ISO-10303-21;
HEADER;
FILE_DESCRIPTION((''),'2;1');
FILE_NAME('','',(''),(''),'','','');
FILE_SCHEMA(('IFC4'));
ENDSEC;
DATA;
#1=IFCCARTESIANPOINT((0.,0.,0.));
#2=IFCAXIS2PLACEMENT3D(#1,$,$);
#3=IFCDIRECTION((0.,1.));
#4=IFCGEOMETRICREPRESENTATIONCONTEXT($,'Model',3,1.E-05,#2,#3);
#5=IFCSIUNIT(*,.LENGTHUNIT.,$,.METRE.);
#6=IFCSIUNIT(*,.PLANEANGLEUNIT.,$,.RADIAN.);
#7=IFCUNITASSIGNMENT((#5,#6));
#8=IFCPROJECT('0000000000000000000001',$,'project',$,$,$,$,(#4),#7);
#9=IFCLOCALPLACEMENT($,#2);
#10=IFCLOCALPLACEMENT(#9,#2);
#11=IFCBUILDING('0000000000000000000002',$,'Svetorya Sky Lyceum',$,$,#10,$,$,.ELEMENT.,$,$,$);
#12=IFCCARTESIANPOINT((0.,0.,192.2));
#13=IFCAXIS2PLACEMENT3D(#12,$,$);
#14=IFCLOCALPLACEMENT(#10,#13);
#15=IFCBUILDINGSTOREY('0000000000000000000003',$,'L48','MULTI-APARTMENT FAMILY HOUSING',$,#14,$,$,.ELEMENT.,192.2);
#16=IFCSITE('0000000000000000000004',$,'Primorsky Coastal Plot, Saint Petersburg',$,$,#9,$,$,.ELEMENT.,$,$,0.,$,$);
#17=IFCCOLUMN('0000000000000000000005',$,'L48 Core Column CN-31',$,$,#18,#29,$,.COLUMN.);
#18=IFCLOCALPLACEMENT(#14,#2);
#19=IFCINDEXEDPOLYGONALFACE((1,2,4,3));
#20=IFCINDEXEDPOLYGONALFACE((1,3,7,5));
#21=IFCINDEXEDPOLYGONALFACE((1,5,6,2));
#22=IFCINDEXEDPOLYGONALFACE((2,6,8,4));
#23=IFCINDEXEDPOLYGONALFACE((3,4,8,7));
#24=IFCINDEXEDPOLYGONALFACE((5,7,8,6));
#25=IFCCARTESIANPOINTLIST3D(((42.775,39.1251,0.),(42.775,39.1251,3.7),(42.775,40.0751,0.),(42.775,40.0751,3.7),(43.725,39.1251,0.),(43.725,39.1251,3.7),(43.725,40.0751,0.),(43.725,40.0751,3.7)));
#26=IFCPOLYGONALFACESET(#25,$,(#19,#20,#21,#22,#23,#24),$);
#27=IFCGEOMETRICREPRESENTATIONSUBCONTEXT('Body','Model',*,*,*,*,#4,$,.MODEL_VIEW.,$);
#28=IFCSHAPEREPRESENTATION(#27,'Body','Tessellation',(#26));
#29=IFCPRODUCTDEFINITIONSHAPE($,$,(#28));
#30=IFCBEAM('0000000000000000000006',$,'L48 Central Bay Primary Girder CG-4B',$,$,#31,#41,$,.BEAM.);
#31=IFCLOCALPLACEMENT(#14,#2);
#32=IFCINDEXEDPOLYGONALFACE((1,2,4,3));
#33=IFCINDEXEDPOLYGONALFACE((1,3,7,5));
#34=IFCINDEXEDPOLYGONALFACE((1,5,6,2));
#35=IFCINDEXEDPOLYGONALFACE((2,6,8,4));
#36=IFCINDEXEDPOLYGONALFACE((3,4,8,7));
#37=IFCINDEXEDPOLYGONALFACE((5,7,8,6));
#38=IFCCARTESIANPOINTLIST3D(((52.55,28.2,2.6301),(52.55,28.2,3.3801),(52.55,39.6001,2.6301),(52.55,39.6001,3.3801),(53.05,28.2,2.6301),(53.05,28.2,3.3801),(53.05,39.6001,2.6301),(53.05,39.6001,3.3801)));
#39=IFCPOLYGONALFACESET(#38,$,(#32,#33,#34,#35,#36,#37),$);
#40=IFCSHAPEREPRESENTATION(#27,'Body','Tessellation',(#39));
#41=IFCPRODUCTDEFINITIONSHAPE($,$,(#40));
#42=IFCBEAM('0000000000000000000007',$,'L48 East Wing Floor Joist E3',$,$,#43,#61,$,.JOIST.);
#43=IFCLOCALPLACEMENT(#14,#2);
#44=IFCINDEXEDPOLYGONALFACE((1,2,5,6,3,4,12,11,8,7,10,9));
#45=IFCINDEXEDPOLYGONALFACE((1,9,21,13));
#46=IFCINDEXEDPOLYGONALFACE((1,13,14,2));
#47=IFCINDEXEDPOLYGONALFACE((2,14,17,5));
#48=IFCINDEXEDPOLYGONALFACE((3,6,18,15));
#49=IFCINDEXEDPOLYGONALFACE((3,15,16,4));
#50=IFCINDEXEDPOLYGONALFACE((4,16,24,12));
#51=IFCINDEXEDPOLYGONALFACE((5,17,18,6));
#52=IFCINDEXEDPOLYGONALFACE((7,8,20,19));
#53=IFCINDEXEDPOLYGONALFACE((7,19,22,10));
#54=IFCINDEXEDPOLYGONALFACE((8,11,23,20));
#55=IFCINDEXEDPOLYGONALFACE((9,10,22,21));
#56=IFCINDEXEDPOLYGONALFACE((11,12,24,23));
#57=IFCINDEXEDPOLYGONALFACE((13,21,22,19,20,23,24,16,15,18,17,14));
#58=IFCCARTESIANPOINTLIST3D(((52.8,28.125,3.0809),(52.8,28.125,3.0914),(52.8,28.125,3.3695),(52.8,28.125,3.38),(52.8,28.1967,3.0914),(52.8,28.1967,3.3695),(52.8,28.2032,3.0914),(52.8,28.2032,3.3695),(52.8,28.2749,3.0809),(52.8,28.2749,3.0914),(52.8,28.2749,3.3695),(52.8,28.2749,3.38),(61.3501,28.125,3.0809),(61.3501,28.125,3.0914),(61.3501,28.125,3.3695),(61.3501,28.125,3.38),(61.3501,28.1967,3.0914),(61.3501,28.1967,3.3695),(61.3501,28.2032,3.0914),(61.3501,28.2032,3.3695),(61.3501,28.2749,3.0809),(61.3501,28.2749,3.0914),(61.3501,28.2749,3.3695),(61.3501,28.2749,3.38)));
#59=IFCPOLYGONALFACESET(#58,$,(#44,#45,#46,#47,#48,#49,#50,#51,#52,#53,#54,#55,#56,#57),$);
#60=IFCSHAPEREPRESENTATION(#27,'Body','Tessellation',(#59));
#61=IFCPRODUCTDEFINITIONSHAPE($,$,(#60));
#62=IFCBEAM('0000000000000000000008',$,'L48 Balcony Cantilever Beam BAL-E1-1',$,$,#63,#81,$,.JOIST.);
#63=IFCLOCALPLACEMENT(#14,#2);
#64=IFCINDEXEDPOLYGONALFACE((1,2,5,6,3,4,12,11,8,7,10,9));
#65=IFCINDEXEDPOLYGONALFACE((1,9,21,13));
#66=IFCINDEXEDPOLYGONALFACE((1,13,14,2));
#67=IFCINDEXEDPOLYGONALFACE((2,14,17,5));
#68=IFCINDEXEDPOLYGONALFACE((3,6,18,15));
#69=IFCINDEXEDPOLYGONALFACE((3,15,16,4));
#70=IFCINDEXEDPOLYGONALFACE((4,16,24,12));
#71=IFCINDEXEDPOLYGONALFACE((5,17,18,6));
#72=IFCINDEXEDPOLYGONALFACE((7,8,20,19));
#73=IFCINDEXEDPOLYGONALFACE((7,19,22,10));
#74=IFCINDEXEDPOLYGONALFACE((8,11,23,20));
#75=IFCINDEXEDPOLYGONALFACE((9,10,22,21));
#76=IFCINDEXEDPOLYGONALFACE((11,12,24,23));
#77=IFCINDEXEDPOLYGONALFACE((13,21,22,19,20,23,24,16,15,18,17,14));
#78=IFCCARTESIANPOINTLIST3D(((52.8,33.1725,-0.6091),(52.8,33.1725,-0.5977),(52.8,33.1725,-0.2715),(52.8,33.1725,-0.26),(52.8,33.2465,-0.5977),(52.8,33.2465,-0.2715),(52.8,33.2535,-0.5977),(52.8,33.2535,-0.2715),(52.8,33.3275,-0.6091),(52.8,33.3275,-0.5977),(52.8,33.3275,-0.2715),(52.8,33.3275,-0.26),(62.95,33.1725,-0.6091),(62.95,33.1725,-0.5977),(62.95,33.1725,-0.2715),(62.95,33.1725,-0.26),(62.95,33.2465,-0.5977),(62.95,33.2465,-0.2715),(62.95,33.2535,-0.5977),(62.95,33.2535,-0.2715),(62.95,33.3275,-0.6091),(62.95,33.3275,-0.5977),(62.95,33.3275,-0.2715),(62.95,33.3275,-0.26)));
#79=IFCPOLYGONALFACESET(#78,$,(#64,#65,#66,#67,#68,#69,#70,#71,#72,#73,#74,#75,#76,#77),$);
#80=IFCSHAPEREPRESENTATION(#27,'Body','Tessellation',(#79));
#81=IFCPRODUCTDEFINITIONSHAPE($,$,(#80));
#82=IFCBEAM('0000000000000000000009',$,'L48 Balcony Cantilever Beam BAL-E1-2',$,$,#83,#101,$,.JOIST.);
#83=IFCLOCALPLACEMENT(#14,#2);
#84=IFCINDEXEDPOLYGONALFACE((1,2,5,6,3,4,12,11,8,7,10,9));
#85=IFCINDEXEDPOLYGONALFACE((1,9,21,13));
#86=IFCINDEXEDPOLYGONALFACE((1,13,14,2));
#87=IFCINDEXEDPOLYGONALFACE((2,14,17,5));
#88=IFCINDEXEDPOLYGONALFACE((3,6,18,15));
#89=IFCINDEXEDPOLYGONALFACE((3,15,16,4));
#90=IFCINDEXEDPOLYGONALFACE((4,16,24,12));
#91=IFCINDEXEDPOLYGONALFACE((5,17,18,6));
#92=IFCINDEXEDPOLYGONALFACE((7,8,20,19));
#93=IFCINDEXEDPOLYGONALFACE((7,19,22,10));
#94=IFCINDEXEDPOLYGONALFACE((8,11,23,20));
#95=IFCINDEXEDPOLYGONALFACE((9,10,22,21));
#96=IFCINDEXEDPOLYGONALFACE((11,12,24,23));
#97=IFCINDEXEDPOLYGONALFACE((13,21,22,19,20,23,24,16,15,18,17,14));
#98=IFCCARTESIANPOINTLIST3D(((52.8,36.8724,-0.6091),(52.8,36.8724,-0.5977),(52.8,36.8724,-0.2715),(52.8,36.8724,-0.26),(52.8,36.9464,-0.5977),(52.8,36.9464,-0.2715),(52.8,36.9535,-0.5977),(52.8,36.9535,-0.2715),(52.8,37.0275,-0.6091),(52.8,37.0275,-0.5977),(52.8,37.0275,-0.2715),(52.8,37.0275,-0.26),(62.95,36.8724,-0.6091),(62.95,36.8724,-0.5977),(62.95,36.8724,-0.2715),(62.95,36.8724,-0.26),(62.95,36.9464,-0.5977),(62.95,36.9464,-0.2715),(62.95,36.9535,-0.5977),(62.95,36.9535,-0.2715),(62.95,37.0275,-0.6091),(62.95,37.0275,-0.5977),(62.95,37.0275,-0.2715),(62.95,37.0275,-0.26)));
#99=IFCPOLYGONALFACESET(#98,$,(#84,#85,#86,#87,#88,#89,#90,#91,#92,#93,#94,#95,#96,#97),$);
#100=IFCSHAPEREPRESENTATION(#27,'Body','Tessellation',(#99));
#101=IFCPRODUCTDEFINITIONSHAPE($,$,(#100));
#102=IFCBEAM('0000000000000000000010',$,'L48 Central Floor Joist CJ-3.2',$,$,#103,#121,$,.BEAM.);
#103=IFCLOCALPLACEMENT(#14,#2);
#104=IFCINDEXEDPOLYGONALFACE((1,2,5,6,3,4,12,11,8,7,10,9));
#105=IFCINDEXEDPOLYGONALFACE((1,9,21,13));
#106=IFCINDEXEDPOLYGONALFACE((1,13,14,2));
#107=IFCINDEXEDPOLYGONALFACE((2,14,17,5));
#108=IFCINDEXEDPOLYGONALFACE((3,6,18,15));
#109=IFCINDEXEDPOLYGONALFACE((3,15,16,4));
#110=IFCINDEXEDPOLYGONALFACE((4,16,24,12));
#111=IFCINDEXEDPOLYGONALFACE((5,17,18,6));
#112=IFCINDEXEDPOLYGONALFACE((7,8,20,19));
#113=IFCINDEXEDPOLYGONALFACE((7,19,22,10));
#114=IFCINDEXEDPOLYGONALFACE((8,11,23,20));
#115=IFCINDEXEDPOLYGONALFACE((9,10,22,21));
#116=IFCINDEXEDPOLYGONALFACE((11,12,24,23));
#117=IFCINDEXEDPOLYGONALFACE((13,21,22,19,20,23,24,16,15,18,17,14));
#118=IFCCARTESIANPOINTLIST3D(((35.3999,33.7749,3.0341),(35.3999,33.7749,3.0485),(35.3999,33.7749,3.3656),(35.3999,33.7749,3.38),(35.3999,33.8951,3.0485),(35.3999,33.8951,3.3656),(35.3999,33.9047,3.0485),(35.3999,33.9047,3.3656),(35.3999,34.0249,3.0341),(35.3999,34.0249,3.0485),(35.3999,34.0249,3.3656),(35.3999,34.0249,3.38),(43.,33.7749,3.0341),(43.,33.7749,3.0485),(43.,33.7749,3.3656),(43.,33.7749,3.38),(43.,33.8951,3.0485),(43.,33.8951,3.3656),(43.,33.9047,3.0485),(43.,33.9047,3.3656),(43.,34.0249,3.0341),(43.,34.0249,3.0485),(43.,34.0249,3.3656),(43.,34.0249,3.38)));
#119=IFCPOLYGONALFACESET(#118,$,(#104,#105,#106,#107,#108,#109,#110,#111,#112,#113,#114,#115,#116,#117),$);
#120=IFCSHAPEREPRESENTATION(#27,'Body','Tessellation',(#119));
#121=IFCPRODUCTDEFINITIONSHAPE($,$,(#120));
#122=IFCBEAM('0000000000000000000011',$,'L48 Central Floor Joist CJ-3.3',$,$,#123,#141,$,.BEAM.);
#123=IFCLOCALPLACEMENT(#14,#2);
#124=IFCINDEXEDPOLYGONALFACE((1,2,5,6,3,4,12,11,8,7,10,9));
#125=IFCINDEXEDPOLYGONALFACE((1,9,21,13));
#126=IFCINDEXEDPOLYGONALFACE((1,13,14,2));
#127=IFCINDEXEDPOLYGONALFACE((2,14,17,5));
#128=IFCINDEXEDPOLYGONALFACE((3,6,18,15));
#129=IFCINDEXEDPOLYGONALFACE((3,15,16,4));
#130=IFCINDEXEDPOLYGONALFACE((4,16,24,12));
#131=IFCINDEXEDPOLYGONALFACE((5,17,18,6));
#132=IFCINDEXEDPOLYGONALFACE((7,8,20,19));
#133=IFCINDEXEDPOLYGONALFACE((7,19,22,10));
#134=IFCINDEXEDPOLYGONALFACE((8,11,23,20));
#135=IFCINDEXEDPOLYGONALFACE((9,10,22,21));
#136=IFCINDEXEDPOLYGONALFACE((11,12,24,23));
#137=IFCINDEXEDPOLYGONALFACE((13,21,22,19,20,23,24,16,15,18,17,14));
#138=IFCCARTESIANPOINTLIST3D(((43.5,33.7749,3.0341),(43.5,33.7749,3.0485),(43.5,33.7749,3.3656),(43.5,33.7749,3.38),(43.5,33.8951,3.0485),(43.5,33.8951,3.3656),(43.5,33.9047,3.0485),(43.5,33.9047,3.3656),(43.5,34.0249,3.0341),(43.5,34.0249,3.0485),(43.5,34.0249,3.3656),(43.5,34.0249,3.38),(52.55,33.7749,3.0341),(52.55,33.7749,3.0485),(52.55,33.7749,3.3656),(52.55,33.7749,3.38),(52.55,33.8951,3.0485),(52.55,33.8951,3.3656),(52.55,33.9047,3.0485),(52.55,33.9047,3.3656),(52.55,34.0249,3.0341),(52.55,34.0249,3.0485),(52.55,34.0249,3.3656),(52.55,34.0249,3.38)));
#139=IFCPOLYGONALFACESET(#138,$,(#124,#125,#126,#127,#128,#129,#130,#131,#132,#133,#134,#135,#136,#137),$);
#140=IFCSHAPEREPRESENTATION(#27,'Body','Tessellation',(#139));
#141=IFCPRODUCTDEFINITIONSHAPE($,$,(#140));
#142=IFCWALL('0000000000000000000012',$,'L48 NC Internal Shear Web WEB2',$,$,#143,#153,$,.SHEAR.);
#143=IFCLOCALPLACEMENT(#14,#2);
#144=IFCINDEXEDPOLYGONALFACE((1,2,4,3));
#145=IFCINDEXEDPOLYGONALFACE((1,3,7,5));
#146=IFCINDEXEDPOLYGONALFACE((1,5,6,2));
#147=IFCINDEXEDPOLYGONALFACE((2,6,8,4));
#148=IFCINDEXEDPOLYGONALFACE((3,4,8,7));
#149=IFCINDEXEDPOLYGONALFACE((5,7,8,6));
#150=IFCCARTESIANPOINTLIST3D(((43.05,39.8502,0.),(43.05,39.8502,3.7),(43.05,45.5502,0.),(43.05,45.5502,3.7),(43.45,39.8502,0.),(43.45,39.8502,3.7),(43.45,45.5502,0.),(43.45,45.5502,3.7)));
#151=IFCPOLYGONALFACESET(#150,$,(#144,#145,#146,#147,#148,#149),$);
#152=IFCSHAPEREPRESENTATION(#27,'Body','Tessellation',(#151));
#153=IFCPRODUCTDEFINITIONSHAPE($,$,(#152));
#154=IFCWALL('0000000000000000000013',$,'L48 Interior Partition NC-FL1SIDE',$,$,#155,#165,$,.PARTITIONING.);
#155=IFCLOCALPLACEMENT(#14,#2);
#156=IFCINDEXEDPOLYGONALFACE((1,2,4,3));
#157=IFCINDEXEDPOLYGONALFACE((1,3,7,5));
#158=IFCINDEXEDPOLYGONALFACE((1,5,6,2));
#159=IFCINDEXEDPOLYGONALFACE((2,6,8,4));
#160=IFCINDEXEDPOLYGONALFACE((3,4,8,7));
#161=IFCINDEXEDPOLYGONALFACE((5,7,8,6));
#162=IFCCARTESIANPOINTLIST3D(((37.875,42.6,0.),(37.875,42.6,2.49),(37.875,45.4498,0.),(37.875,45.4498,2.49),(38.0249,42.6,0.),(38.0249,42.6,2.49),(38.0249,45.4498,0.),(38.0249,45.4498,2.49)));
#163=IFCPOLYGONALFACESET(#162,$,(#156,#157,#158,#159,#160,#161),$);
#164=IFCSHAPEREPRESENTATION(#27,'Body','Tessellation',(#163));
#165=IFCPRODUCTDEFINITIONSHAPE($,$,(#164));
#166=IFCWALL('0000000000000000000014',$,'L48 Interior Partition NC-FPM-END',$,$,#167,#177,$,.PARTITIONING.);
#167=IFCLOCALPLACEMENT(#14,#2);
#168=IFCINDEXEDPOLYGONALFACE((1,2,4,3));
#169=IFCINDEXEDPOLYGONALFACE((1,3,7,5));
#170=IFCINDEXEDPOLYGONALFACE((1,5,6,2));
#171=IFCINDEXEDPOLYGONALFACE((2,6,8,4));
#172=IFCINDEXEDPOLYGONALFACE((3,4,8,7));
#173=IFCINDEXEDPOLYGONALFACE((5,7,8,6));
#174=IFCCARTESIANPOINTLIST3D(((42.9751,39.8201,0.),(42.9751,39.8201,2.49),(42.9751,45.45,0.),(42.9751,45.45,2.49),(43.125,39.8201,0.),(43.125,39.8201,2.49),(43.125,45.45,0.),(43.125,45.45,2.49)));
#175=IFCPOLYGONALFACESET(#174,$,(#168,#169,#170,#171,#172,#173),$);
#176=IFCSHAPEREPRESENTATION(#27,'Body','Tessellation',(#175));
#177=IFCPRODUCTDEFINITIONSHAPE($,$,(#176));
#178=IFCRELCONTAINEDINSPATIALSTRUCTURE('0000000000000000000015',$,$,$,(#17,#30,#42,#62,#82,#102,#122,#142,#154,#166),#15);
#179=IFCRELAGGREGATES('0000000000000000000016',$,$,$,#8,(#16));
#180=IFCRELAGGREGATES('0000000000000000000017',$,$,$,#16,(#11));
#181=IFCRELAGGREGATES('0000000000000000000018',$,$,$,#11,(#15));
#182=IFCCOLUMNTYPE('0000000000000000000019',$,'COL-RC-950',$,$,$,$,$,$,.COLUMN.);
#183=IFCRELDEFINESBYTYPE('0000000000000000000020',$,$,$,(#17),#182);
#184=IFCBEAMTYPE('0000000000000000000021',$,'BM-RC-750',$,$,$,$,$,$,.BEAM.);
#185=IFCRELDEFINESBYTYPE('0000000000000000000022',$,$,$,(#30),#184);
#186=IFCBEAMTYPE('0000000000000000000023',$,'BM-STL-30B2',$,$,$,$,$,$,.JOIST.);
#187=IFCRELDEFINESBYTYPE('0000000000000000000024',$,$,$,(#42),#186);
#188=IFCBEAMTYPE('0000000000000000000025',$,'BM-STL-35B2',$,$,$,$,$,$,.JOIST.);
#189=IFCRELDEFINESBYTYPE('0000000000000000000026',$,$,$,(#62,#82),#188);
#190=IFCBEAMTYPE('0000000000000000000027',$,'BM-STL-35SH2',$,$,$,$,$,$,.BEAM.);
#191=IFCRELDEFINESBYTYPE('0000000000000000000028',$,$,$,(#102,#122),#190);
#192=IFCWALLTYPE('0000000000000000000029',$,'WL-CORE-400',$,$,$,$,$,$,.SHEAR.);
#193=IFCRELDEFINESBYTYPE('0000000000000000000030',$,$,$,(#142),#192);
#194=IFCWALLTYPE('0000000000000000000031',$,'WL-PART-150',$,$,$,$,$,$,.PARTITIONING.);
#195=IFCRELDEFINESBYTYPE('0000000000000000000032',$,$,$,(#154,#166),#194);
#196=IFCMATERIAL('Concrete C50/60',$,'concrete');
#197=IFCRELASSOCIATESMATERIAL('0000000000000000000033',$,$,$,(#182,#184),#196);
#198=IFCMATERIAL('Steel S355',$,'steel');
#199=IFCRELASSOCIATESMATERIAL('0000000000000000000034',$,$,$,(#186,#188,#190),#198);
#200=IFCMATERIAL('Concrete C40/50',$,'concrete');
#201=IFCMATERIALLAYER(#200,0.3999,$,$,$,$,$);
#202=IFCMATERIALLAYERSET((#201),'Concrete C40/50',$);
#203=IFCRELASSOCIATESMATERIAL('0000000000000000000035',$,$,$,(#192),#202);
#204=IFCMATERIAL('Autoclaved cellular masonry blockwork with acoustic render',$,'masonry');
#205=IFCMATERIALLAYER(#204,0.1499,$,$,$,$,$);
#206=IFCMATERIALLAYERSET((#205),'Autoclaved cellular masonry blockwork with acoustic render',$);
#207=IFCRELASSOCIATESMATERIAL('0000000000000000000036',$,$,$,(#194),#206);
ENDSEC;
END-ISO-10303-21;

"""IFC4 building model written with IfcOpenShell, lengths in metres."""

from ifc_helpers import new_model, si_unit, direction, frame, frame_2d, origin, origin_2d, place, context, subcontext, project, spatial, rectangle, i_section, extrude, material, layer, layer_set, material_profile, profile_set, type_object, element, save


model = new_model("IFC4")

# Units and contexts
model_context = context("Model", 3, precision=1e-05, world=origin(), true_north=direction((0.0, 1.0)))
body_context = subcontext(model_context, "Body", "Model", "MODEL_VIEW")
ifc_project = project(units=[si_unit("LENGTHUNIT", "METRE"), si_unit("PLANEANGLEUNIT", "RADIAN")], contexts=[model_context])

# Site, building, storey
site_placement = place(None, origin())
site = spatial("IfcSite", under=ifc_project, at=site_placement, Name="Primorsky Coastal Plot, Saint Petersburg", CompositionType="ELEMENT", RefElevation=0.0)
building_placement = place(site_placement, origin())
building = spatial("IfcBuilding", under=site, at=building_placement, Name="Svetorya Sky Lyceum", CompositionType="ELEMENT")
storey_placement = place(building_placement, frame((0.0, 0.0, 192.2)))
storey = spatial("IfcBuildingStorey", under=building, at=storey_placement, Name="L48", Description="MULTI-APARTMENT FAMILY HOUSING", CompositionType="ELEMENT", Elevation=192.2)

# Column
ifc_material_1 = material(Name="Concrete C50/60", Category="concrete")
ifc_material_profile_1 = material_profile(ifc_material_1, rectangle(XDim=0.95, YDim=0.95, at=origin_2d()), Name="RC COL 950x950")
ifc_profile_set_1 = profile_set([ifc_material_profile_1], Name="Concrete C50/60")
column_type = type_object("IfcColumnType", Name="COL-RC-950", PredefinedType="COLUMN", material=ifc_profile_set_1)
column_placement = place(storey_placement, frame((43.25, 39.6001, 0.0), z_axis=(0.0, 0.0, 1.0), x_axis=(1.0, 0.0, 0.0)))
element("IfcColumn", 1, at=column_placement, inside=storey, type_object=column_type, Name="L48 Core Column CN-31", PredefinedType="COLUMN", context=body_context, shape_type="SweptSolid", body=[
    extrude(rectangle(XDim=0.95, YDim=0.95, at=origin_2d()), origin(), (0.0, 0.0, 1.0), 3.7),
])

# Beams
ifc_material_profile_2 = material_profile(ifc_material_1, rectangle(XDim=0.5, YDim=0.75, at=origin_2d()), Name="RC BEAM 500x750")
ifc_profile_set_2 = profile_set([ifc_material_profile_2], Name="Concrete C50/60")
beam_type_1 = type_object("IfcBeamType", Name="BM-RC-750", PredefinedType="BEAM", material=ifc_profile_set_2)
beam_1_placement = place(storey_placement, frame((52.8, 28.2, 3.0051), z_axis=(0.0, 1.0, 0.0), x_axis=(-1.0, 0.0, 0.0)))
element("IfcBeam", 2, at=beam_1_placement, inside=storey, type_object=beam_type_1, Name="L48 Central Bay Primary Girder CG-4B", PredefinedType="BEAM", context=body_context, shape_type="SweptSolid", body=[
    extrude(rectangle(XDim=0.5, YDim=0.75, at=origin_2d()), origin(), (0.0, 0.0, 1.0), 11.4001),
])
ifc_material_2 = material(Name="Steel S355", Category="steel")
ifc_material_profile_3 = material_profile(ifc_material_2, i_section(OverallWidth=0.1499, OverallDepth=0.2991, WebThickness=0.0066, FlangeThickness=0.0105, at=origin_2d()), Name="GOST 30B2")
ifc_profile_set_3 = profile_set([ifc_material_profile_3], Name="Steel S355")
beam_type_2 = type_object("IfcBeamType", Name="BM-STL-30B2", PredefinedType="JOIST", material=ifc_profile_set_3)
beam_2_placement = place(storey_placement, frame((52.8, 28.2, 3.2305), z_axis=(1.0, 0.0, 0.0), x_axis=(0.0, 1.0, 0.0)))
element("IfcBeam", 3, at=beam_2_placement, inside=storey, type_object=beam_type_2, Name="L48 East Wing Floor Joist E3", PredefinedType="JOIST", context=body_context, shape_type="SweptSolid", body=[
    extrude(i_section(OverallWidth=0.1499, OverallDepth=0.2991, WebThickness=0.0066, FlangeThickness=0.0105, at=origin_2d()), origin(), (0.0, 0.0, 1.0), 8.55),
])
ifc_material_profile_4 = material_profile(ifc_material_2, i_section(OverallWidth=0.155, OverallDepth=0.3491, WebThickness=0.0071, FlangeThickness=0.0115, at=origin_2d()), Name="GOST 35B2")
ifc_profile_set_4 = profile_set([ifc_material_profile_4], Name="Steel S355")
beam_type_3 = type_object("IfcBeamType", Name="BM-STL-35B2", PredefinedType="JOIST", material=ifc_profile_set_4)
for number, where, z_axis, x_axis, name in (
    (4, (52.8, 33.25, -0.4346), (1.0, 0.0, 0.0), (0.0, 1.0, 0.0), "L48 Balcony Cantilever Beam BAL-E1-1"),
    (5, (52.8, 36.95, -0.4346), (1.0, 0.0, 0.0), (0.0, 1.0, 0.0), "L48 Balcony Cantilever Beam BAL-E1-2"),
):
    element("IfcBeam", number, at=place(storey_placement, frame(where, z_axis=z_axis, x_axis=x_axis)), inside=storey, type_object=beam_type_3, Name=name, PredefinedType="JOIST", context=body_context, shape_type="SweptSolid", body=[
        extrude(i_section(OverallWidth=0.155, OverallDepth=0.3491, WebThickness=0.0071, FlangeThickness=0.0115, at=origin_2d()), origin(), (0.0, 0.0, 1.0), 10.1499),
    ])
ifc_material_profile_5 = material_profile(ifc_material_2, i_section(OverallWidth=0.25, OverallDepth=0.3459, WebThickness=0.0095, FlangeThickness=0.0144, at=origin_2d()), Name="GOST 35Sh2")
ifc_profile_set_5 = profile_set([ifc_material_profile_5], Name="Steel S355")
beam_type_4 = type_object("IfcBeamType", Name="BM-STL-35SH2", PredefinedType="BEAM", material=ifc_profile_set_5)
beam_3_placement = place(storey_placement, frame((35.3999, 33.8999, 3.207), z_axis=(1.0, 0.0, 0.0), x_axis=(0.0, 1.0, 0.0)))
element("IfcBeam", 6, at=beam_3_placement, inside=storey, type_object=beam_type_4, Name="L48 Central Floor Joist CJ-3.2", PredefinedType="BEAM", context=body_context, shape_type="SweptSolid", body=[
    extrude(i_section(OverallWidth=0.25, OverallDepth=0.3459, WebThickness=0.0095, FlangeThickness=0.0144, at=origin_2d()), origin(), (0.0, 0.0, 1.0), 7.6001),
])
beam_4_placement = place(storey_placement, frame((43.5, 33.8999, 3.207), z_axis=(1.0, 0.0, 0.0), x_axis=(0.0, 1.0, 0.0)))
element("IfcBeam", 7, at=beam_4_placement, inside=storey, type_object=beam_type_4, Name="L48 Central Floor Joist CJ-3.3", PredefinedType="BEAM", context=body_context, shape_type="SweptSolid", body=[
    extrude(i_section(OverallWidth=0.25, OverallDepth=0.3459, WebThickness=0.0095, FlangeThickness=0.0144, at=origin_2d()), origin(), (0.0, 0.0, 1.0), 9.05),
])

# Walls
ifc_material_3 = material(Name="Concrete C40/50", Category="concrete")
ifc_layer_1 = layer(ifc_material_3, 0.3999)
ifc_layer_set_1 = layer_set([ifc_layer_1], Name="Concrete C40/50")
wall_type_1 = type_object("IfcWallType", Name="WL-CORE-400", PredefinedType="SHEAR", material=ifc_layer_set_1)
wall_1_placement = place(storey_placement, frame((43.25, 39.8501, 0.0), z_axis=(0.0, 0.0, 1.0), x_axis=(0.0, 1.0, 0.0)))
element("IfcWall", 8, at=wall_1_placement, inside=storey, type_object=wall_type_1, Name="L48 NC Internal Shear Web WEB2", PredefinedType="SHEAR", context=body_context, shape_type="SweptSolid", body=[
    extrude(rectangle(XDim=5.7, YDim=0.3999, at=frame_2d((2.8501, 0.0))), origin(), (0.0, 0.0, 1.0), 3.7),
])
ifc_material_4 = material(Name="Autoclaved cellular masonry blockwork with acoustic render", Category="masonry")
ifc_layer_2 = layer(ifc_material_4, 0.1499)
ifc_layer_set_2 = layer_set([ifc_layer_2], Name="Autoclaved cellular masonry blockwork with acoustic render")
wall_type_2 = type_object("IfcWallType", Name="WL-PART-150", PredefinedType="PARTITIONING", material=ifc_layer_set_2)
wall_2_placement = place(storey_placement, frame((37.95, 42.6001, 0.0), z_axis=(0.0, 0.0, 1.0), x_axis=(0.0, 1.0, 0.0)))
element("IfcWall", 9, at=wall_2_placement, inside=storey, type_object=wall_type_2, Name="L48 Interior Partition NC-FL1SIDE", PredefinedType="PARTITIONING", context=body_context, shape_type="SweptSolid", body=[
    extrude(rectangle(XDim=2.8499, YDim=0.1499, at=frame_2d((1.4248, 0.0))), origin(), (0.0, 0.0, 1.0), 2.49),
])
for number, where, z_axis, x_axis, name in (
    (10, (43.05, 39.8201, 0.0), (0.0, 0.0, 1.0), (0.0, 1.0, 0.0), "L48 Interior Partition NC-FPM-END"),
):
    element("IfcWall", number, at=place(storey_placement, frame(where, z_axis=z_axis, x_axis=x_axis)), inside=storey, type_object=wall_type_2, Name=name, PredefinedType="PARTITIONING", context=body_context, shape_type="SweptSolid", body=[
        extrude(rectangle(XDim=5.6299, YDim=0.1499, at=frame_2d((2.8149, 0.0))), origin(), (0.0, 0.0, 1.0), 2.49),
    ])

save(model, "model.ifc")
